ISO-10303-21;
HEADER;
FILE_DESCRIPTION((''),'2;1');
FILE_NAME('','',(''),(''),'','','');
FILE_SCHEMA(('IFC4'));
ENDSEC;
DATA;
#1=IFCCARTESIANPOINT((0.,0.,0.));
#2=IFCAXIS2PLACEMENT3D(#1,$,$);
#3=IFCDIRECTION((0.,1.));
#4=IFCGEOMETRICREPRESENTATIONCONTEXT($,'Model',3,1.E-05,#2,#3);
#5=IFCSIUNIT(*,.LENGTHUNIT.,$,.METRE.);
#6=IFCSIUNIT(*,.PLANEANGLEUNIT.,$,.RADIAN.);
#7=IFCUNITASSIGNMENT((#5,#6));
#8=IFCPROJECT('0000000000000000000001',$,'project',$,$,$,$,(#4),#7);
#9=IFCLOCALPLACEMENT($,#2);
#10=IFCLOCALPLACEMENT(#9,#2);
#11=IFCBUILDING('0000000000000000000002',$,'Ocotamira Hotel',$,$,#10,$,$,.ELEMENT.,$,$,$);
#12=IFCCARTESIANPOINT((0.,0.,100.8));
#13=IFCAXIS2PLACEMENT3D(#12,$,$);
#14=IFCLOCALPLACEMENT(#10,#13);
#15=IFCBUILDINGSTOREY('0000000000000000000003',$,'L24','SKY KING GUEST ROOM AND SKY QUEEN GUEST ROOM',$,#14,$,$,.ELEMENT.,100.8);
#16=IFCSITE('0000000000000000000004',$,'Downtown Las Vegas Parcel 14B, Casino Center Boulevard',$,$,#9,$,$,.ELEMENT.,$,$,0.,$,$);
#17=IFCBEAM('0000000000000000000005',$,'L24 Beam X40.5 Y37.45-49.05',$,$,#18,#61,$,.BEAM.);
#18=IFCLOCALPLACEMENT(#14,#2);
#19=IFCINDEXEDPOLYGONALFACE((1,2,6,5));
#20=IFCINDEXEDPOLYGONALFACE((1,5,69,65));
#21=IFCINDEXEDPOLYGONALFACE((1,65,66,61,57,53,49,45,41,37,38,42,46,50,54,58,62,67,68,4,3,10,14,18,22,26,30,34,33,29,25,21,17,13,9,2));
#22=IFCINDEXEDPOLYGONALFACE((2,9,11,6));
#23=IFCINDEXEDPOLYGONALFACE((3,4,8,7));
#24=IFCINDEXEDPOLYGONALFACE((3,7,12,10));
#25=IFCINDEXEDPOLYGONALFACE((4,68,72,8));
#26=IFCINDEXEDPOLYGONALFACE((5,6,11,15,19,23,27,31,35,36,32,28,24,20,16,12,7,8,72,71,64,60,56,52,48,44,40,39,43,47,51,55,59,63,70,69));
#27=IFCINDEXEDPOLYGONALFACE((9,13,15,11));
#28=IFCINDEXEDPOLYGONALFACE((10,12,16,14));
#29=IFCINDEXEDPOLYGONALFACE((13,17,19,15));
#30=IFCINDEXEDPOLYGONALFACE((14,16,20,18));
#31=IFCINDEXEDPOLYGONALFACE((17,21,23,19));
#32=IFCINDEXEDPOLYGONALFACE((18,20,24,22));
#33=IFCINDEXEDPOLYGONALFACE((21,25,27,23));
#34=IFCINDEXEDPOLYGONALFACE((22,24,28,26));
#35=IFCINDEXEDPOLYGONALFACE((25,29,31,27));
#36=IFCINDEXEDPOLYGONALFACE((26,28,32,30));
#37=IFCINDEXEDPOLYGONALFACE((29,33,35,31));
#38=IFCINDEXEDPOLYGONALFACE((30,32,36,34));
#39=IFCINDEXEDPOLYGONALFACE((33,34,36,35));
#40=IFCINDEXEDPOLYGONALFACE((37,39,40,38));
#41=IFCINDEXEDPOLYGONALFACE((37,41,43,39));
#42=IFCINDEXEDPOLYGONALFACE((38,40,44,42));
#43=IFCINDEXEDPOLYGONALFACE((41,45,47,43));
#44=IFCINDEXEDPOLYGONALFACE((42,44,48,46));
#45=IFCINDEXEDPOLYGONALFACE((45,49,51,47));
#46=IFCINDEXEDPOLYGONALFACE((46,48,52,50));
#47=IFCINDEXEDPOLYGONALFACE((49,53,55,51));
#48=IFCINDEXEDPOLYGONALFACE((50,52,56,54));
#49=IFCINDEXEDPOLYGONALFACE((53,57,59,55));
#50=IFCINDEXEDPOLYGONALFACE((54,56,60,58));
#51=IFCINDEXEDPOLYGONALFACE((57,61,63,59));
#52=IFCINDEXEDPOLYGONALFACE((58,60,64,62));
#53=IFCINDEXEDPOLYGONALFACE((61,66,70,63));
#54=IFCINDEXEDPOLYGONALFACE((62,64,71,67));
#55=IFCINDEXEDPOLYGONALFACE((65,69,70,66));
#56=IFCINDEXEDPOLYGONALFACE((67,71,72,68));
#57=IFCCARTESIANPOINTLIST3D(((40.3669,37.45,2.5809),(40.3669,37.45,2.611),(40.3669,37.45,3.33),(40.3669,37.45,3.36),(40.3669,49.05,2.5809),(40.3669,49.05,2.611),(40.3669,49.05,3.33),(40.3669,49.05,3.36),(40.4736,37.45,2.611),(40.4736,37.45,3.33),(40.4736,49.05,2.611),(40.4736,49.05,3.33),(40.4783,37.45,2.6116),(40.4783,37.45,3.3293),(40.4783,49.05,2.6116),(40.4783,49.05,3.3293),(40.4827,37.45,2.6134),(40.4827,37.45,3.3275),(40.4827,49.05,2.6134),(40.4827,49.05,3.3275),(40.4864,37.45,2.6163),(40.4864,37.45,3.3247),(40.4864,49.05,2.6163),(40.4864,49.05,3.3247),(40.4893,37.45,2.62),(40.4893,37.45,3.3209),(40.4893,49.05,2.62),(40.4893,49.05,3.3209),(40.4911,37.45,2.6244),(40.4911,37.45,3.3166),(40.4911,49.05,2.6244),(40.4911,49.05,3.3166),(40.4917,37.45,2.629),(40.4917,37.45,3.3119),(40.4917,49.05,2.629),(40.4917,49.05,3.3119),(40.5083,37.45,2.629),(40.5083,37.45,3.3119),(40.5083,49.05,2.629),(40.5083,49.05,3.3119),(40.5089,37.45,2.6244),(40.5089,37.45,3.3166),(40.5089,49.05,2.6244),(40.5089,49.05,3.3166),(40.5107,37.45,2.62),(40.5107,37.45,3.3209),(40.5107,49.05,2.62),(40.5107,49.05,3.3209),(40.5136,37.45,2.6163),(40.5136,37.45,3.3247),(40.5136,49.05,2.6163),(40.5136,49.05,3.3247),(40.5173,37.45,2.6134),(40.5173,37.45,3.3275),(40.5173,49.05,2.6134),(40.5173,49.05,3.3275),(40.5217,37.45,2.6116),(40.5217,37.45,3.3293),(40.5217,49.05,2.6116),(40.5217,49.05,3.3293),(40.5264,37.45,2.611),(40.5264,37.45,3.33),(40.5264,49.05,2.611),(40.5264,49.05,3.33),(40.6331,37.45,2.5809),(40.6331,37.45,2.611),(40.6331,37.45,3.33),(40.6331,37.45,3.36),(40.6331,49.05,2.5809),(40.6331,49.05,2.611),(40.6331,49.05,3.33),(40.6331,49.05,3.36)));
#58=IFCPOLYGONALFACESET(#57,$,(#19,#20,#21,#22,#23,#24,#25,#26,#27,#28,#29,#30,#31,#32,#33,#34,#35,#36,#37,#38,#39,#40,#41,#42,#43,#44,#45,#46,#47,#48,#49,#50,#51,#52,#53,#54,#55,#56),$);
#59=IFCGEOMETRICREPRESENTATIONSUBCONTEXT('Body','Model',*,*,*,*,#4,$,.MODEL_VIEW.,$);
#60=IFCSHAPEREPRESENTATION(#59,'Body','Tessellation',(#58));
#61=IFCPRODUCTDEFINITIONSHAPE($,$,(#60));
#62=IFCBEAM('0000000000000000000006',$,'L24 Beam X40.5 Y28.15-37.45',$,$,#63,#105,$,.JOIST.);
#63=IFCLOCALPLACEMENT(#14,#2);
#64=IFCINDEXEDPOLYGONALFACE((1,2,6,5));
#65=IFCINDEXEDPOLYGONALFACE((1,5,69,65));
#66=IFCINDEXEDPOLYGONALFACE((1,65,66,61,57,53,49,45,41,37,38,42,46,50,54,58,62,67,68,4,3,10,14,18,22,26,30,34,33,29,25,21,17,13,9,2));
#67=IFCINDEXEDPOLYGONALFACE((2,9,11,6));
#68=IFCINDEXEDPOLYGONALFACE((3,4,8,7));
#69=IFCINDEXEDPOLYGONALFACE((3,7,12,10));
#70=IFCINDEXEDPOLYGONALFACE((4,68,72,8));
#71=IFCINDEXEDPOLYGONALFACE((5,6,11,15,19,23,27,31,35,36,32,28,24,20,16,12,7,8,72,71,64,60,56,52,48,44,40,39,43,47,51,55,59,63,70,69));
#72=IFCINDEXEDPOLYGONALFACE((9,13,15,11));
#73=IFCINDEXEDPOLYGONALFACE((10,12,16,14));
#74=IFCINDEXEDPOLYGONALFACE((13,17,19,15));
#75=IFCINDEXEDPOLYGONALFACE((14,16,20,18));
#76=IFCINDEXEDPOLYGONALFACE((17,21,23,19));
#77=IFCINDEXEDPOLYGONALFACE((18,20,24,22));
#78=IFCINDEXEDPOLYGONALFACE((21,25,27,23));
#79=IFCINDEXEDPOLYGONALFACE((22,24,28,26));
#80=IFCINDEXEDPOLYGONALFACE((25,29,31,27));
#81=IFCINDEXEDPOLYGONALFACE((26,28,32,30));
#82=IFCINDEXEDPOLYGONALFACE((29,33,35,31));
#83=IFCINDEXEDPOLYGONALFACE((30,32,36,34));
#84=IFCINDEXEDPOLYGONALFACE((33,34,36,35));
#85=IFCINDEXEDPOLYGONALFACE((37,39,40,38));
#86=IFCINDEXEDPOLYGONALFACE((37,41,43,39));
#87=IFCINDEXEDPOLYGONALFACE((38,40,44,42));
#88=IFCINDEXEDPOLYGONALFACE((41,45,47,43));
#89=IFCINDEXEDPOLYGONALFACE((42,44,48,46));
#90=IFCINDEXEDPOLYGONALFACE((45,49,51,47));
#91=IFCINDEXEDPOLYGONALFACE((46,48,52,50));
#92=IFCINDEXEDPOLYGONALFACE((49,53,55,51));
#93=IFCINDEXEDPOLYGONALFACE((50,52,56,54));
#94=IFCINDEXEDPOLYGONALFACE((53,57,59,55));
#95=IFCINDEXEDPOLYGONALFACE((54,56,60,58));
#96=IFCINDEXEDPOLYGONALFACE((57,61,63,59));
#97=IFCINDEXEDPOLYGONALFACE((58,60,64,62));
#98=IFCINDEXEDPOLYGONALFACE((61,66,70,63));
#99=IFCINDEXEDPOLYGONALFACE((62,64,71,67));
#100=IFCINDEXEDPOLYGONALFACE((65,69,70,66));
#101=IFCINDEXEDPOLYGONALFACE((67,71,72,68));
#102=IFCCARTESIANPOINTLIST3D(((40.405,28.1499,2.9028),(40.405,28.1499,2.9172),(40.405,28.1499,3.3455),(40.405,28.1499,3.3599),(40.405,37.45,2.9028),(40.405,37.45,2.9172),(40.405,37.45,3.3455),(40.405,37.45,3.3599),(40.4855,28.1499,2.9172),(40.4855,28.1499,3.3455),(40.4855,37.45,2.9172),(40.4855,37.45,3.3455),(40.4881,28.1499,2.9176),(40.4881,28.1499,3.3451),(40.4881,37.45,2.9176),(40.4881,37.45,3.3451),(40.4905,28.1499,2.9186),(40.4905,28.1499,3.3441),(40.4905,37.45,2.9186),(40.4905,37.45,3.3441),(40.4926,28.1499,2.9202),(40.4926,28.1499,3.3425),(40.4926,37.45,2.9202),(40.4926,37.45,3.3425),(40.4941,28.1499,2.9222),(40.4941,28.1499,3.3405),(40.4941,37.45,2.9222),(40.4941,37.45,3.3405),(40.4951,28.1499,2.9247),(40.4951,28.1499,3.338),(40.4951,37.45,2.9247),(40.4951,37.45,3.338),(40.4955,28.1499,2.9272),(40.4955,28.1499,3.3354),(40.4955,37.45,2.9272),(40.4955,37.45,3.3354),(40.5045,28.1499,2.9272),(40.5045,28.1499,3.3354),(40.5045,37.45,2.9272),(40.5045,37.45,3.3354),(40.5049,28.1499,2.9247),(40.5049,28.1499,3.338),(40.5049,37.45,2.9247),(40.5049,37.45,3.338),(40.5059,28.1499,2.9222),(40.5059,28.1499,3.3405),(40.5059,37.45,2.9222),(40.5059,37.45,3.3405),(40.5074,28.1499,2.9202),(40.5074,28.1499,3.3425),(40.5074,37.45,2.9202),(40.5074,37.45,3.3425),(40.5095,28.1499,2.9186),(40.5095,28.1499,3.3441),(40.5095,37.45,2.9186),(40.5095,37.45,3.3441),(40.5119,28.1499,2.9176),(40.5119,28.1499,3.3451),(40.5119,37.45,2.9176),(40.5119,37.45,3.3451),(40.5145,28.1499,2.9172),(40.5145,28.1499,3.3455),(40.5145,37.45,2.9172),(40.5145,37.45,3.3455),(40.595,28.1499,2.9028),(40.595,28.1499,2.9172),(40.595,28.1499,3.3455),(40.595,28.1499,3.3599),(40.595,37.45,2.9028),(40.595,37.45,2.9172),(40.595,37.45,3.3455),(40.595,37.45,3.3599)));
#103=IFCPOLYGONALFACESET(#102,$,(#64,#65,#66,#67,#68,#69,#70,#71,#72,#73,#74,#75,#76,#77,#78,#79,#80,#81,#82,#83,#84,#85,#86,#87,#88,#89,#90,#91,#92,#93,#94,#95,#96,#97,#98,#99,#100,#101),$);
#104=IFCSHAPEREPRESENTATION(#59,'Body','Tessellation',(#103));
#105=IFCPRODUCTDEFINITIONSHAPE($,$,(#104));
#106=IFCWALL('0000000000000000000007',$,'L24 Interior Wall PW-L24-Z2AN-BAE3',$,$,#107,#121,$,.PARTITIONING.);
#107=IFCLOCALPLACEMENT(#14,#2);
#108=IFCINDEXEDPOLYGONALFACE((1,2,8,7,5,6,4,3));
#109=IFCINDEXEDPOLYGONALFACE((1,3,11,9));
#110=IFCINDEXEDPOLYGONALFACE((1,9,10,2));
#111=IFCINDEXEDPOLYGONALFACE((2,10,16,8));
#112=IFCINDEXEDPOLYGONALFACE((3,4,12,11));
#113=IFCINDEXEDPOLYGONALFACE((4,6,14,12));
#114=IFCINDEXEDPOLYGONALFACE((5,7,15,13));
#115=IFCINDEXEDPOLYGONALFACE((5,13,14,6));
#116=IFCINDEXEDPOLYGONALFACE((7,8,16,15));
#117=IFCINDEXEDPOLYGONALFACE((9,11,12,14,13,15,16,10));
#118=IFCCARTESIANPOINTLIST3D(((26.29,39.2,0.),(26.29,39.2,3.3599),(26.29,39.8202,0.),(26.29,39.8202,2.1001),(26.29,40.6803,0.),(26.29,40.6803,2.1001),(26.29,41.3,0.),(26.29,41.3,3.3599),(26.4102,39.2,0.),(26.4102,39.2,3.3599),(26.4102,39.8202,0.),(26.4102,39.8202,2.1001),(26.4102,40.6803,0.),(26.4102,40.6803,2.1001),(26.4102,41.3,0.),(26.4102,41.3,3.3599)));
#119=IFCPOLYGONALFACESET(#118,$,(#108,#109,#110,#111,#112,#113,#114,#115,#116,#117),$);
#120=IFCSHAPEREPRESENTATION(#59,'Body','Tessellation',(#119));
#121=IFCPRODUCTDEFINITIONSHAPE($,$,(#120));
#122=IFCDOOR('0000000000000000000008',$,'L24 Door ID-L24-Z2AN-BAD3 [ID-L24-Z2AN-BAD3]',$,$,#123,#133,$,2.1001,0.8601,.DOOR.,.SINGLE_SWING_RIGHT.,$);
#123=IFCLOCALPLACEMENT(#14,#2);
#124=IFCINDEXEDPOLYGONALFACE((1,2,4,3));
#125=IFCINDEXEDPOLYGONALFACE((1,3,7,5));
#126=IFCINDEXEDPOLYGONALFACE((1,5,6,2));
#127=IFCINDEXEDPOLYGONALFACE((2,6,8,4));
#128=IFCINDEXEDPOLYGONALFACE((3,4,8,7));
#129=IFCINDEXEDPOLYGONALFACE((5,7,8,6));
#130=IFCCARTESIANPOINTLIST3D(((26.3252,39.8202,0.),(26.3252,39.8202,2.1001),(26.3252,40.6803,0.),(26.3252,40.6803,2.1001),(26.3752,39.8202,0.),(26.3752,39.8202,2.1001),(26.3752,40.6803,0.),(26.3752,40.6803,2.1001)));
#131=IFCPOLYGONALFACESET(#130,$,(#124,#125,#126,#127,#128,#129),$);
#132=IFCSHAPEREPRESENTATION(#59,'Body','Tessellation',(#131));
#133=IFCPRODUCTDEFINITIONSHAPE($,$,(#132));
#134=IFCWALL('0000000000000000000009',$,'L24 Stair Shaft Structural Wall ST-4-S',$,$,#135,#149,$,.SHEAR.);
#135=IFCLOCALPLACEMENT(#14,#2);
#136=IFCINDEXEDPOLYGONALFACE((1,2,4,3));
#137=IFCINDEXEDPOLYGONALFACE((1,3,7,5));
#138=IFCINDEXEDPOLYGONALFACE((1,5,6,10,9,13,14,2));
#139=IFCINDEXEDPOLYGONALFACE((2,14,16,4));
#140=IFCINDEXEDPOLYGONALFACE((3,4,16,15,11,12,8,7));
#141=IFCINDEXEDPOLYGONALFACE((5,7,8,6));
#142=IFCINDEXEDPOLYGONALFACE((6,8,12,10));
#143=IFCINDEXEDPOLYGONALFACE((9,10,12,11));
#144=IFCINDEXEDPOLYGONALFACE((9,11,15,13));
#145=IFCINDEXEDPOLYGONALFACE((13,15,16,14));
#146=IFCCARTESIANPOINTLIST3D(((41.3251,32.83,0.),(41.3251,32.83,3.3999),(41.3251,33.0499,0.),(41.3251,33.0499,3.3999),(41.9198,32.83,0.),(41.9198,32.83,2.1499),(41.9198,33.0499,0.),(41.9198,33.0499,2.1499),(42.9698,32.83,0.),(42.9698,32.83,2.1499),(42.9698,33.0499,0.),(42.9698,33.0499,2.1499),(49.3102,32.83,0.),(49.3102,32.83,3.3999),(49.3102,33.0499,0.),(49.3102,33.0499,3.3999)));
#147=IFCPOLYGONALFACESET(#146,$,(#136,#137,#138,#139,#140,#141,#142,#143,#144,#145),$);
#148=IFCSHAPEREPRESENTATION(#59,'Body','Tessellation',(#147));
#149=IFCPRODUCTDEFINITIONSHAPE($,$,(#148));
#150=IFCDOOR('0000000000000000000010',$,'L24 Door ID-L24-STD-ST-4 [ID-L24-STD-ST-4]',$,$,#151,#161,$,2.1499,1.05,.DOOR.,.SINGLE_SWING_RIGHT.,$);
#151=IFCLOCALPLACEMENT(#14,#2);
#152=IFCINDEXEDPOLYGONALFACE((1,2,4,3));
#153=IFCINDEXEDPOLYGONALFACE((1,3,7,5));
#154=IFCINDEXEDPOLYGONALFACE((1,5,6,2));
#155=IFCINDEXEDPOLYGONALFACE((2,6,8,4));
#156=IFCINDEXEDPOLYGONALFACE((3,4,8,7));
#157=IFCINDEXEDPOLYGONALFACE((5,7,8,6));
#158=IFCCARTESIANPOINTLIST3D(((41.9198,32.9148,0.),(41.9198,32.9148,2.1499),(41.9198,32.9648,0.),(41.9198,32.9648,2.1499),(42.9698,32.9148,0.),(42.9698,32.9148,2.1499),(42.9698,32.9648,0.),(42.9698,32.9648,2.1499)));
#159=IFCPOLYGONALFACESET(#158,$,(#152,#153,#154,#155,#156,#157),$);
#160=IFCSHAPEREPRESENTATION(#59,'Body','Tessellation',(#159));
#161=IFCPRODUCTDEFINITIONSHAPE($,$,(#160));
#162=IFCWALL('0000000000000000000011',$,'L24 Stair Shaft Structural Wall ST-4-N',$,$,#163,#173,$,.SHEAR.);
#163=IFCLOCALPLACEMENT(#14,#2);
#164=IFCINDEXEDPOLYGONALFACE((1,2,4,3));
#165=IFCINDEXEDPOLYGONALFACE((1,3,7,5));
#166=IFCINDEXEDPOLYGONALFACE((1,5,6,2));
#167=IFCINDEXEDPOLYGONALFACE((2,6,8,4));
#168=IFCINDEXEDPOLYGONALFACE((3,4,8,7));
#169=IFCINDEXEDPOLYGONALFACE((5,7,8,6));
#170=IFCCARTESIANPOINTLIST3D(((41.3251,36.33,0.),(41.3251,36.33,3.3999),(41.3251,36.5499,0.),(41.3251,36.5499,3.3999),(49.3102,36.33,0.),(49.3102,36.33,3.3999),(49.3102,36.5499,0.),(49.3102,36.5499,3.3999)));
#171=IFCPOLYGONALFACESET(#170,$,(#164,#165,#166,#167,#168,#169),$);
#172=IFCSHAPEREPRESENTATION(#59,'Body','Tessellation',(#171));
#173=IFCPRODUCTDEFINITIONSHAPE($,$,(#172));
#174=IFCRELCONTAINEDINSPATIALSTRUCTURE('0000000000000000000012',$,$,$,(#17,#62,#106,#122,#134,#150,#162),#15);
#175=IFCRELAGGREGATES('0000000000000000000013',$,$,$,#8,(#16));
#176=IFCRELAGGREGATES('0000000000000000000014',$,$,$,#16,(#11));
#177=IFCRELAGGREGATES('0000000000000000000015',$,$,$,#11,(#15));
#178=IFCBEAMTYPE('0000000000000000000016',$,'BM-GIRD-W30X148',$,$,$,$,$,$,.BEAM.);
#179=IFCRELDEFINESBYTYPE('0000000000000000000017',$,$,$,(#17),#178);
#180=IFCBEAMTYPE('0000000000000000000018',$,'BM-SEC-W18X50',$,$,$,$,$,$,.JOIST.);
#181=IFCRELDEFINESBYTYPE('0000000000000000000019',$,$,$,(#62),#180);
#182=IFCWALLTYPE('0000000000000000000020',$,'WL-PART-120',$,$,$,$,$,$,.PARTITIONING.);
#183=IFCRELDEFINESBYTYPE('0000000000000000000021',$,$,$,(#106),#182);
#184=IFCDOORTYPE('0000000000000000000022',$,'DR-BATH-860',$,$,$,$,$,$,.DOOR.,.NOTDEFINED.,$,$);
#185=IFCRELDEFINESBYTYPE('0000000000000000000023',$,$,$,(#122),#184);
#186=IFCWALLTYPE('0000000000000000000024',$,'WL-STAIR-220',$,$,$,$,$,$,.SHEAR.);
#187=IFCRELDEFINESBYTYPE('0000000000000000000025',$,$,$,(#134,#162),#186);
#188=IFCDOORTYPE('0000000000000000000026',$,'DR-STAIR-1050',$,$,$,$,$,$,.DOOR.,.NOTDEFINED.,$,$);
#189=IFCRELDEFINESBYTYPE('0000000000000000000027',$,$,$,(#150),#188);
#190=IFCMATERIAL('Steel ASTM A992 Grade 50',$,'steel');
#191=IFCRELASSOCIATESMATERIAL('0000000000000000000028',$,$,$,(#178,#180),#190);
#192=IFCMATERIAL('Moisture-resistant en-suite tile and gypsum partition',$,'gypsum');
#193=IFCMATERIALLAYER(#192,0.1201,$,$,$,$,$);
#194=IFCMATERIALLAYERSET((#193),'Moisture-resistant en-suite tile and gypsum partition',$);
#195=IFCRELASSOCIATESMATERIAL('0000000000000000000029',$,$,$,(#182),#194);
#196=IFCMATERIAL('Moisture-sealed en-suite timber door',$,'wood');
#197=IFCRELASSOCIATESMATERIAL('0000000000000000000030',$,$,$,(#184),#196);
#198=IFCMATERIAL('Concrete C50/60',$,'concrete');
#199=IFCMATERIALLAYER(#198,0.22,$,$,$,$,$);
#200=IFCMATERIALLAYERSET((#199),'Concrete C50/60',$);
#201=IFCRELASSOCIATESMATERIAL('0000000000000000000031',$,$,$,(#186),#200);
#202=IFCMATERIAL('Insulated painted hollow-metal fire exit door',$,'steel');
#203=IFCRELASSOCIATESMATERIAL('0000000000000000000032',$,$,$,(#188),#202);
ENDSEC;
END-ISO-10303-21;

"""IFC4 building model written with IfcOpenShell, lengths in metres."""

from ifc_helpers import new_model, si_unit, direction, frame, frame_2d, origin, origin_2d, place, context, subcontext, project, spatial, rectangle, i_section, extrude, source, transform, mapped, material, layer, layer_set, material_profile, profile_set, type_object, element, fill, save


model = new_model("IFC4")

# Units and contexts
model_context = context("Model", 3, precision=1e-05, world=origin(), true_north=direction((0.0, 1.0)))
body_context = subcontext(model_context, "Body", "Model", "MODEL_VIEW")
ifc_project = project(units=[si_unit("LENGTHUNIT", "METRE"), si_unit("PLANEANGLEUNIT", "RADIAN")], contexts=[model_context])

# Site, building, storey
site_placement = place(None, origin())
site = spatial("IfcSite", under=ifc_project, at=site_placement, Name="Downtown Las Vegas Parcel 14B, Casino Center Boulevard", CompositionType="ELEMENT", RefElevation=0.0)
building_placement = place(site_placement, origin())
building = spatial("IfcBuilding", under=site, at=building_placement, Name="Ocotamira Hotel", CompositionType="ELEMENT")
storey_placement = place(building_placement, frame((0.0, 0.0, 100.8)))
storey = spatial("IfcBuildingStorey", under=building, at=storey_placement, Name="L24", Description="SKY KING GUEST ROOM AND SKY QUEEN GUEST ROOM", CompositionType="ELEMENT", Elevation=100.8)

# Beams
ifc_material_1 = material(Name="Steel ASTM A992 Grade 50", Category="steel")
ifc_material_profile_1 = material_profile(ifc_material_1, i_section(OverallWidth=0.2661, OverallDepth=0.7791, WebThickness=0.0166, FlangeThickness=0.03, FilletRadius=0.0181, at=origin_2d()), Name="W30X148")
ifc_profile_set_1 = profile_set([ifc_material_profile_1], Name="Steel ASTM A992 Grade 50")
beam_type_1 = type_object("IfcBeamType", Name="BM-GIRD-W30X148", PredefinedType="BEAM", material=ifc_profile_set_1)
shared_shape_1 = source(origin(), body_context, "Body", "SweptSolid", [
    extrude(i_section(OverallWidth=0.2661, OverallDepth=0.7791, WebThickness=0.0166, FlangeThickness=0.03, FilletRadius=0.0181, at=origin_2d()), origin(), (0.0, 0.0, 1.0), 11.6001),
])
beam_1_placement = place(storey_placement, frame((40.5, 37.45, 2.9705), z_axis=(0.0, 1.0, 0.0), x_axis=(-1.0, 0.0, 0.0)))
element("IfcBeam", 1, at=beam_1_placement, inside=storey, type_object=beam_type_1, Name="L24 Beam X40.5 Y37.45-49.05", PredefinedType="BEAM", context=body_context, shape_type="MappedRepresentation", body=[
    mapped(shared_shape_1, transform((0.0, 0.0, 0.0), scale=1.0)),
])
ifc_material_profile_2 = material_profile(ifc_material_1, i_section(OverallWidth=0.1899, OverallDepth=0.457, WebThickness=0.009, FlangeThickness=0.0144, FilletRadius=0.01, at=origin_2d()), Name="W18X50")
ifc_profile_set_2 = profile_set([ifc_material_profile_2], Name="Steel ASTM A992 Grade 50")
beam_type_2 = type_object("IfcBeamType", Name="BM-SEC-W18X50", PredefinedType="JOIST", material=ifc_profile_set_2)
shared_shape_2 = source(origin(), body_context, "Body", "SweptSolid", [
    extrude(i_section(OverallWidth=0.1899, OverallDepth=0.457, WebThickness=0.009, FlangeThickness=0.0144, FilletRadius=0.01, at=origin_2d()), origin(), (0.0, 0.0, 1.0), 9.3),
])
beam_2_placement = place(storey_placement, frame((40.5, 28.1499, 3.1313), z_axis=(0.0, 1.0, 0.0), x_axis=(-1.0, 0.0, 0.0)))
element("IfcBeam", 2, at=beam_2_placement, inside=storey, type_object=beam_type_2, Name="L24 Beam X40.5 Y28.15-37.45", PredefinedType="JOIST", context=body_context, shape_type="MappedRepresentation", body=[
    mapped(shared_shape_2, transform((0.0, 0.0, 0.0), scale=1.0)),
])

# Walls, openings, doors
ifc_material_2 = material(Name="Moisture-resistant en-suite tile and gypsum partition", Category="gypsum")
ifc_layer_1 = layer(ifc_material_2, 0.1201)
ifc_layer_set_1 = layer_set([ifc_layer_1], Name="Moisture-resistant en-suite tile and gypsum partition")
wall_type_1 = type_object("IfcWallType", Name="WL-PART-120", PredefinedType="PARTITIONING", material=ifc_layer_set_1)
wall_1_placement = place(storey_placement, frame((26.3501, 39.2, 0.0), z_axis=(0.0, 0.0, 1.0), x_axis=(0.0, 1.0, 0.0)))
wall_1 = element("IfcWall", 3, at=wall_1_placement, inside=storey, type_object=wall_type_1, Name="L24 Interior Wall PW-L24-Z2AN-BAE3", PredefinedType="PARTITIONING", context=body_context, shape_type="SweptSolid", body=[
    extrude(rectangle(XDim=2.1001, YDim=0.1201, at=frame_2d((1.05, 0.0))), origin(), (0.0, 0.0, 1.0), 3.3599),
])
opening_1_placement = place(wall_1_placement, frame((0.6201, 0.0, 0.0)))
opening_1 = element("IfcOpeningElement", 4, at=opening_1_placement, cuts=wall_1, PredefinedType="OPENING", context=body_context, shape_type="SweptSolid", body=[
    extrude(rectangle(XDim=0.8601, YDim=2.1001, at=frame_2d((0.4302, 1.05))), frame((0.0, 0.0701, 0.0), z_axis=(0.0, -1.0, 0.0), x_axis=(1.0, 0.0, 0.0)), (0.0, 0.0, 1.0), 0.1401),
])
ifc_material_3 = material(Name="Moisture-sealed en-suite timber door", Category="wood")
door_type_1 = type_object("IfcDoorType", Name="DR-BATH-860", OperationType="NOTDEFINED", PredefinedType="DOOR", material=ifc_material_3)
shared_shape_3 = source(origin(), body_context, "Body", "SweptSolid", [
    extrude(rectangle(XDim=0.8601, YDim=2.1001, at=frame_2d((0.4302, 1.05))), frame((0.0, 0.0249, 0.0), z_axis=(0.0, -1.0, 0.0), x_axis=(1.0, 0.0, 0.0)), (0.0, 0.0, 1.0), 0.05),
])
door_1_placement = place(opening_1_placement, origin())
door_1 = element("IfcDoor", 5, at=door_1_placement, inside=storey, type_object=door_type_1, Name="L24 Door ID-L24-Z2AN-BAD3 [ID-L24-Z2AN-BAD3]", OperationType="SINGLE_SWING_RIGHT", OverallHeight=2.1001, OverallWidth=0.8601, PredefinedType="DOOR", context=body_context, shape_type="MappedRepresentation", body=[
    mapped(shared_shape_3, transform((0.0, 0.0, 0.0), scale=1.0)),
])
fill(opening_1, door_1)
ifc_material_4 = material(Name="Concrete C50/60", Category="concrete")
ifc_layer_2 = layer(ifc_material_4, 0.22)
ifc_layer_set_2 = layer_set([ifc_layer_2], Name="Concrete C50/60")
wall_type_2 = type_object("IfcWallType", Name="WL-STAIR-220", PredefinedType="SHEAR", material=ifc_layer_set_2)
wall_2_placement = place(storey_placement, frame((41.325, 32.9399, 0.0), z_axis=(0.0, 0.0, 1.0), x_axis=(1.0, 0.0, 0.0)))
wall_2 = element("IfcWall", 6, at=wall_2_placement, inside=storey, type_object=wall_type_2, Name="L24 Stair Shaft Structural Wall ST-4-S", PredefinedType="SHEAR", context=body_context, shape_type="SweptSolid", body=[
    extrude(rectangle(XDim=7.9851, YDim=0.22, at=frame_2d((3.9927, 0.0))), origin(), (0.0, 0.0, 1.0), 3.3999),
])
opening_2_placement = place(wall_2_placement, frame((0.595, 0.0, 0.0)))
opening_2 = element("IfcOpeningElement", 7, at=opening_2_placement, cuts=wall_2, PredefinedType="OPENING", context=body_context, shape_type="SweptSolid", body=[
    extrude(rectangle(XDim=1.05, YDim=2.1499, at=frame_2d((0.5249, 1.075))), frame((0.0, 0.1201, 0.0), z_axis=(0.0, -1.0, 0.0), x_axis=(1.0, 0.0, 0.0)), (0.0, 0.0, 1.0), 0.24),
])
ifc_material_5 = material(Name="Insulated painted hollow-metal fire exit door", Category="steel")
door_type_2 = type_object("IfcDoorType", Name="DR-STAIR-1050", OperationType="NOTDEFINED", PredefinedType="DOOR", material=ifc_material_5)
shared_shape_4 = source(origin(), body_context, "Body", "SweptSolid", [
    extrude(rectangle(XDim=1.05, YDim=2.1499, at=frame_2d((0.5249, 1.075))), frame((0.0, 0.0249, 0.0), z_axis=(0.0, -1.0, 0.0), x_axis=(1.0, 0.0, 0.0)), (0.0, 0.0, 1.0), 0.05),
])
door_2_placement = place(opening_2_placement, origin())
door_2 = element("IfcDoor", 8, at=door_2_placement, inside=storey, type_object=door_type_2, Name="L24 Door ID-L24-STD-ST-4 [ID-L24-STD-ST-4]", OperationType="SINGLE_SWING_RIGHT", OverallHeight=2.1499, OverallWidth=1.05, PredefinedType="DOOR", context=body_context, shape_type="MappedRepresentation", body=[
    mapped(shared_shape_4, transform((0.0, 0.0, 0.0), scale=1.0)),
])
fill(opening_2, door_2)

# Wall
wall_3_placement = place(storey_placement, frame((41.325, 36.4399, 0.0), z_axis=(0.0, 0.0, 1.0), x_axis=(1.0, 0.0, 0.0)))
element("IfcWall", 9, at=wall_3_placement, inside=storey, type_object=wall_type_2, Name="L24 Stair Shaft Structural Wall ST-4-N", PredefinedType="SHEAR", context=body_context, shape_type="SweptSolid", body=[
    extrude(rectangle(XDim=7.9851, YDim=0.22, at=frame_2d((3.9927, 0.0))), origin(), (0.0, 0.0, 1.0), 3.3999),
])

save(model, "model.ifc")
